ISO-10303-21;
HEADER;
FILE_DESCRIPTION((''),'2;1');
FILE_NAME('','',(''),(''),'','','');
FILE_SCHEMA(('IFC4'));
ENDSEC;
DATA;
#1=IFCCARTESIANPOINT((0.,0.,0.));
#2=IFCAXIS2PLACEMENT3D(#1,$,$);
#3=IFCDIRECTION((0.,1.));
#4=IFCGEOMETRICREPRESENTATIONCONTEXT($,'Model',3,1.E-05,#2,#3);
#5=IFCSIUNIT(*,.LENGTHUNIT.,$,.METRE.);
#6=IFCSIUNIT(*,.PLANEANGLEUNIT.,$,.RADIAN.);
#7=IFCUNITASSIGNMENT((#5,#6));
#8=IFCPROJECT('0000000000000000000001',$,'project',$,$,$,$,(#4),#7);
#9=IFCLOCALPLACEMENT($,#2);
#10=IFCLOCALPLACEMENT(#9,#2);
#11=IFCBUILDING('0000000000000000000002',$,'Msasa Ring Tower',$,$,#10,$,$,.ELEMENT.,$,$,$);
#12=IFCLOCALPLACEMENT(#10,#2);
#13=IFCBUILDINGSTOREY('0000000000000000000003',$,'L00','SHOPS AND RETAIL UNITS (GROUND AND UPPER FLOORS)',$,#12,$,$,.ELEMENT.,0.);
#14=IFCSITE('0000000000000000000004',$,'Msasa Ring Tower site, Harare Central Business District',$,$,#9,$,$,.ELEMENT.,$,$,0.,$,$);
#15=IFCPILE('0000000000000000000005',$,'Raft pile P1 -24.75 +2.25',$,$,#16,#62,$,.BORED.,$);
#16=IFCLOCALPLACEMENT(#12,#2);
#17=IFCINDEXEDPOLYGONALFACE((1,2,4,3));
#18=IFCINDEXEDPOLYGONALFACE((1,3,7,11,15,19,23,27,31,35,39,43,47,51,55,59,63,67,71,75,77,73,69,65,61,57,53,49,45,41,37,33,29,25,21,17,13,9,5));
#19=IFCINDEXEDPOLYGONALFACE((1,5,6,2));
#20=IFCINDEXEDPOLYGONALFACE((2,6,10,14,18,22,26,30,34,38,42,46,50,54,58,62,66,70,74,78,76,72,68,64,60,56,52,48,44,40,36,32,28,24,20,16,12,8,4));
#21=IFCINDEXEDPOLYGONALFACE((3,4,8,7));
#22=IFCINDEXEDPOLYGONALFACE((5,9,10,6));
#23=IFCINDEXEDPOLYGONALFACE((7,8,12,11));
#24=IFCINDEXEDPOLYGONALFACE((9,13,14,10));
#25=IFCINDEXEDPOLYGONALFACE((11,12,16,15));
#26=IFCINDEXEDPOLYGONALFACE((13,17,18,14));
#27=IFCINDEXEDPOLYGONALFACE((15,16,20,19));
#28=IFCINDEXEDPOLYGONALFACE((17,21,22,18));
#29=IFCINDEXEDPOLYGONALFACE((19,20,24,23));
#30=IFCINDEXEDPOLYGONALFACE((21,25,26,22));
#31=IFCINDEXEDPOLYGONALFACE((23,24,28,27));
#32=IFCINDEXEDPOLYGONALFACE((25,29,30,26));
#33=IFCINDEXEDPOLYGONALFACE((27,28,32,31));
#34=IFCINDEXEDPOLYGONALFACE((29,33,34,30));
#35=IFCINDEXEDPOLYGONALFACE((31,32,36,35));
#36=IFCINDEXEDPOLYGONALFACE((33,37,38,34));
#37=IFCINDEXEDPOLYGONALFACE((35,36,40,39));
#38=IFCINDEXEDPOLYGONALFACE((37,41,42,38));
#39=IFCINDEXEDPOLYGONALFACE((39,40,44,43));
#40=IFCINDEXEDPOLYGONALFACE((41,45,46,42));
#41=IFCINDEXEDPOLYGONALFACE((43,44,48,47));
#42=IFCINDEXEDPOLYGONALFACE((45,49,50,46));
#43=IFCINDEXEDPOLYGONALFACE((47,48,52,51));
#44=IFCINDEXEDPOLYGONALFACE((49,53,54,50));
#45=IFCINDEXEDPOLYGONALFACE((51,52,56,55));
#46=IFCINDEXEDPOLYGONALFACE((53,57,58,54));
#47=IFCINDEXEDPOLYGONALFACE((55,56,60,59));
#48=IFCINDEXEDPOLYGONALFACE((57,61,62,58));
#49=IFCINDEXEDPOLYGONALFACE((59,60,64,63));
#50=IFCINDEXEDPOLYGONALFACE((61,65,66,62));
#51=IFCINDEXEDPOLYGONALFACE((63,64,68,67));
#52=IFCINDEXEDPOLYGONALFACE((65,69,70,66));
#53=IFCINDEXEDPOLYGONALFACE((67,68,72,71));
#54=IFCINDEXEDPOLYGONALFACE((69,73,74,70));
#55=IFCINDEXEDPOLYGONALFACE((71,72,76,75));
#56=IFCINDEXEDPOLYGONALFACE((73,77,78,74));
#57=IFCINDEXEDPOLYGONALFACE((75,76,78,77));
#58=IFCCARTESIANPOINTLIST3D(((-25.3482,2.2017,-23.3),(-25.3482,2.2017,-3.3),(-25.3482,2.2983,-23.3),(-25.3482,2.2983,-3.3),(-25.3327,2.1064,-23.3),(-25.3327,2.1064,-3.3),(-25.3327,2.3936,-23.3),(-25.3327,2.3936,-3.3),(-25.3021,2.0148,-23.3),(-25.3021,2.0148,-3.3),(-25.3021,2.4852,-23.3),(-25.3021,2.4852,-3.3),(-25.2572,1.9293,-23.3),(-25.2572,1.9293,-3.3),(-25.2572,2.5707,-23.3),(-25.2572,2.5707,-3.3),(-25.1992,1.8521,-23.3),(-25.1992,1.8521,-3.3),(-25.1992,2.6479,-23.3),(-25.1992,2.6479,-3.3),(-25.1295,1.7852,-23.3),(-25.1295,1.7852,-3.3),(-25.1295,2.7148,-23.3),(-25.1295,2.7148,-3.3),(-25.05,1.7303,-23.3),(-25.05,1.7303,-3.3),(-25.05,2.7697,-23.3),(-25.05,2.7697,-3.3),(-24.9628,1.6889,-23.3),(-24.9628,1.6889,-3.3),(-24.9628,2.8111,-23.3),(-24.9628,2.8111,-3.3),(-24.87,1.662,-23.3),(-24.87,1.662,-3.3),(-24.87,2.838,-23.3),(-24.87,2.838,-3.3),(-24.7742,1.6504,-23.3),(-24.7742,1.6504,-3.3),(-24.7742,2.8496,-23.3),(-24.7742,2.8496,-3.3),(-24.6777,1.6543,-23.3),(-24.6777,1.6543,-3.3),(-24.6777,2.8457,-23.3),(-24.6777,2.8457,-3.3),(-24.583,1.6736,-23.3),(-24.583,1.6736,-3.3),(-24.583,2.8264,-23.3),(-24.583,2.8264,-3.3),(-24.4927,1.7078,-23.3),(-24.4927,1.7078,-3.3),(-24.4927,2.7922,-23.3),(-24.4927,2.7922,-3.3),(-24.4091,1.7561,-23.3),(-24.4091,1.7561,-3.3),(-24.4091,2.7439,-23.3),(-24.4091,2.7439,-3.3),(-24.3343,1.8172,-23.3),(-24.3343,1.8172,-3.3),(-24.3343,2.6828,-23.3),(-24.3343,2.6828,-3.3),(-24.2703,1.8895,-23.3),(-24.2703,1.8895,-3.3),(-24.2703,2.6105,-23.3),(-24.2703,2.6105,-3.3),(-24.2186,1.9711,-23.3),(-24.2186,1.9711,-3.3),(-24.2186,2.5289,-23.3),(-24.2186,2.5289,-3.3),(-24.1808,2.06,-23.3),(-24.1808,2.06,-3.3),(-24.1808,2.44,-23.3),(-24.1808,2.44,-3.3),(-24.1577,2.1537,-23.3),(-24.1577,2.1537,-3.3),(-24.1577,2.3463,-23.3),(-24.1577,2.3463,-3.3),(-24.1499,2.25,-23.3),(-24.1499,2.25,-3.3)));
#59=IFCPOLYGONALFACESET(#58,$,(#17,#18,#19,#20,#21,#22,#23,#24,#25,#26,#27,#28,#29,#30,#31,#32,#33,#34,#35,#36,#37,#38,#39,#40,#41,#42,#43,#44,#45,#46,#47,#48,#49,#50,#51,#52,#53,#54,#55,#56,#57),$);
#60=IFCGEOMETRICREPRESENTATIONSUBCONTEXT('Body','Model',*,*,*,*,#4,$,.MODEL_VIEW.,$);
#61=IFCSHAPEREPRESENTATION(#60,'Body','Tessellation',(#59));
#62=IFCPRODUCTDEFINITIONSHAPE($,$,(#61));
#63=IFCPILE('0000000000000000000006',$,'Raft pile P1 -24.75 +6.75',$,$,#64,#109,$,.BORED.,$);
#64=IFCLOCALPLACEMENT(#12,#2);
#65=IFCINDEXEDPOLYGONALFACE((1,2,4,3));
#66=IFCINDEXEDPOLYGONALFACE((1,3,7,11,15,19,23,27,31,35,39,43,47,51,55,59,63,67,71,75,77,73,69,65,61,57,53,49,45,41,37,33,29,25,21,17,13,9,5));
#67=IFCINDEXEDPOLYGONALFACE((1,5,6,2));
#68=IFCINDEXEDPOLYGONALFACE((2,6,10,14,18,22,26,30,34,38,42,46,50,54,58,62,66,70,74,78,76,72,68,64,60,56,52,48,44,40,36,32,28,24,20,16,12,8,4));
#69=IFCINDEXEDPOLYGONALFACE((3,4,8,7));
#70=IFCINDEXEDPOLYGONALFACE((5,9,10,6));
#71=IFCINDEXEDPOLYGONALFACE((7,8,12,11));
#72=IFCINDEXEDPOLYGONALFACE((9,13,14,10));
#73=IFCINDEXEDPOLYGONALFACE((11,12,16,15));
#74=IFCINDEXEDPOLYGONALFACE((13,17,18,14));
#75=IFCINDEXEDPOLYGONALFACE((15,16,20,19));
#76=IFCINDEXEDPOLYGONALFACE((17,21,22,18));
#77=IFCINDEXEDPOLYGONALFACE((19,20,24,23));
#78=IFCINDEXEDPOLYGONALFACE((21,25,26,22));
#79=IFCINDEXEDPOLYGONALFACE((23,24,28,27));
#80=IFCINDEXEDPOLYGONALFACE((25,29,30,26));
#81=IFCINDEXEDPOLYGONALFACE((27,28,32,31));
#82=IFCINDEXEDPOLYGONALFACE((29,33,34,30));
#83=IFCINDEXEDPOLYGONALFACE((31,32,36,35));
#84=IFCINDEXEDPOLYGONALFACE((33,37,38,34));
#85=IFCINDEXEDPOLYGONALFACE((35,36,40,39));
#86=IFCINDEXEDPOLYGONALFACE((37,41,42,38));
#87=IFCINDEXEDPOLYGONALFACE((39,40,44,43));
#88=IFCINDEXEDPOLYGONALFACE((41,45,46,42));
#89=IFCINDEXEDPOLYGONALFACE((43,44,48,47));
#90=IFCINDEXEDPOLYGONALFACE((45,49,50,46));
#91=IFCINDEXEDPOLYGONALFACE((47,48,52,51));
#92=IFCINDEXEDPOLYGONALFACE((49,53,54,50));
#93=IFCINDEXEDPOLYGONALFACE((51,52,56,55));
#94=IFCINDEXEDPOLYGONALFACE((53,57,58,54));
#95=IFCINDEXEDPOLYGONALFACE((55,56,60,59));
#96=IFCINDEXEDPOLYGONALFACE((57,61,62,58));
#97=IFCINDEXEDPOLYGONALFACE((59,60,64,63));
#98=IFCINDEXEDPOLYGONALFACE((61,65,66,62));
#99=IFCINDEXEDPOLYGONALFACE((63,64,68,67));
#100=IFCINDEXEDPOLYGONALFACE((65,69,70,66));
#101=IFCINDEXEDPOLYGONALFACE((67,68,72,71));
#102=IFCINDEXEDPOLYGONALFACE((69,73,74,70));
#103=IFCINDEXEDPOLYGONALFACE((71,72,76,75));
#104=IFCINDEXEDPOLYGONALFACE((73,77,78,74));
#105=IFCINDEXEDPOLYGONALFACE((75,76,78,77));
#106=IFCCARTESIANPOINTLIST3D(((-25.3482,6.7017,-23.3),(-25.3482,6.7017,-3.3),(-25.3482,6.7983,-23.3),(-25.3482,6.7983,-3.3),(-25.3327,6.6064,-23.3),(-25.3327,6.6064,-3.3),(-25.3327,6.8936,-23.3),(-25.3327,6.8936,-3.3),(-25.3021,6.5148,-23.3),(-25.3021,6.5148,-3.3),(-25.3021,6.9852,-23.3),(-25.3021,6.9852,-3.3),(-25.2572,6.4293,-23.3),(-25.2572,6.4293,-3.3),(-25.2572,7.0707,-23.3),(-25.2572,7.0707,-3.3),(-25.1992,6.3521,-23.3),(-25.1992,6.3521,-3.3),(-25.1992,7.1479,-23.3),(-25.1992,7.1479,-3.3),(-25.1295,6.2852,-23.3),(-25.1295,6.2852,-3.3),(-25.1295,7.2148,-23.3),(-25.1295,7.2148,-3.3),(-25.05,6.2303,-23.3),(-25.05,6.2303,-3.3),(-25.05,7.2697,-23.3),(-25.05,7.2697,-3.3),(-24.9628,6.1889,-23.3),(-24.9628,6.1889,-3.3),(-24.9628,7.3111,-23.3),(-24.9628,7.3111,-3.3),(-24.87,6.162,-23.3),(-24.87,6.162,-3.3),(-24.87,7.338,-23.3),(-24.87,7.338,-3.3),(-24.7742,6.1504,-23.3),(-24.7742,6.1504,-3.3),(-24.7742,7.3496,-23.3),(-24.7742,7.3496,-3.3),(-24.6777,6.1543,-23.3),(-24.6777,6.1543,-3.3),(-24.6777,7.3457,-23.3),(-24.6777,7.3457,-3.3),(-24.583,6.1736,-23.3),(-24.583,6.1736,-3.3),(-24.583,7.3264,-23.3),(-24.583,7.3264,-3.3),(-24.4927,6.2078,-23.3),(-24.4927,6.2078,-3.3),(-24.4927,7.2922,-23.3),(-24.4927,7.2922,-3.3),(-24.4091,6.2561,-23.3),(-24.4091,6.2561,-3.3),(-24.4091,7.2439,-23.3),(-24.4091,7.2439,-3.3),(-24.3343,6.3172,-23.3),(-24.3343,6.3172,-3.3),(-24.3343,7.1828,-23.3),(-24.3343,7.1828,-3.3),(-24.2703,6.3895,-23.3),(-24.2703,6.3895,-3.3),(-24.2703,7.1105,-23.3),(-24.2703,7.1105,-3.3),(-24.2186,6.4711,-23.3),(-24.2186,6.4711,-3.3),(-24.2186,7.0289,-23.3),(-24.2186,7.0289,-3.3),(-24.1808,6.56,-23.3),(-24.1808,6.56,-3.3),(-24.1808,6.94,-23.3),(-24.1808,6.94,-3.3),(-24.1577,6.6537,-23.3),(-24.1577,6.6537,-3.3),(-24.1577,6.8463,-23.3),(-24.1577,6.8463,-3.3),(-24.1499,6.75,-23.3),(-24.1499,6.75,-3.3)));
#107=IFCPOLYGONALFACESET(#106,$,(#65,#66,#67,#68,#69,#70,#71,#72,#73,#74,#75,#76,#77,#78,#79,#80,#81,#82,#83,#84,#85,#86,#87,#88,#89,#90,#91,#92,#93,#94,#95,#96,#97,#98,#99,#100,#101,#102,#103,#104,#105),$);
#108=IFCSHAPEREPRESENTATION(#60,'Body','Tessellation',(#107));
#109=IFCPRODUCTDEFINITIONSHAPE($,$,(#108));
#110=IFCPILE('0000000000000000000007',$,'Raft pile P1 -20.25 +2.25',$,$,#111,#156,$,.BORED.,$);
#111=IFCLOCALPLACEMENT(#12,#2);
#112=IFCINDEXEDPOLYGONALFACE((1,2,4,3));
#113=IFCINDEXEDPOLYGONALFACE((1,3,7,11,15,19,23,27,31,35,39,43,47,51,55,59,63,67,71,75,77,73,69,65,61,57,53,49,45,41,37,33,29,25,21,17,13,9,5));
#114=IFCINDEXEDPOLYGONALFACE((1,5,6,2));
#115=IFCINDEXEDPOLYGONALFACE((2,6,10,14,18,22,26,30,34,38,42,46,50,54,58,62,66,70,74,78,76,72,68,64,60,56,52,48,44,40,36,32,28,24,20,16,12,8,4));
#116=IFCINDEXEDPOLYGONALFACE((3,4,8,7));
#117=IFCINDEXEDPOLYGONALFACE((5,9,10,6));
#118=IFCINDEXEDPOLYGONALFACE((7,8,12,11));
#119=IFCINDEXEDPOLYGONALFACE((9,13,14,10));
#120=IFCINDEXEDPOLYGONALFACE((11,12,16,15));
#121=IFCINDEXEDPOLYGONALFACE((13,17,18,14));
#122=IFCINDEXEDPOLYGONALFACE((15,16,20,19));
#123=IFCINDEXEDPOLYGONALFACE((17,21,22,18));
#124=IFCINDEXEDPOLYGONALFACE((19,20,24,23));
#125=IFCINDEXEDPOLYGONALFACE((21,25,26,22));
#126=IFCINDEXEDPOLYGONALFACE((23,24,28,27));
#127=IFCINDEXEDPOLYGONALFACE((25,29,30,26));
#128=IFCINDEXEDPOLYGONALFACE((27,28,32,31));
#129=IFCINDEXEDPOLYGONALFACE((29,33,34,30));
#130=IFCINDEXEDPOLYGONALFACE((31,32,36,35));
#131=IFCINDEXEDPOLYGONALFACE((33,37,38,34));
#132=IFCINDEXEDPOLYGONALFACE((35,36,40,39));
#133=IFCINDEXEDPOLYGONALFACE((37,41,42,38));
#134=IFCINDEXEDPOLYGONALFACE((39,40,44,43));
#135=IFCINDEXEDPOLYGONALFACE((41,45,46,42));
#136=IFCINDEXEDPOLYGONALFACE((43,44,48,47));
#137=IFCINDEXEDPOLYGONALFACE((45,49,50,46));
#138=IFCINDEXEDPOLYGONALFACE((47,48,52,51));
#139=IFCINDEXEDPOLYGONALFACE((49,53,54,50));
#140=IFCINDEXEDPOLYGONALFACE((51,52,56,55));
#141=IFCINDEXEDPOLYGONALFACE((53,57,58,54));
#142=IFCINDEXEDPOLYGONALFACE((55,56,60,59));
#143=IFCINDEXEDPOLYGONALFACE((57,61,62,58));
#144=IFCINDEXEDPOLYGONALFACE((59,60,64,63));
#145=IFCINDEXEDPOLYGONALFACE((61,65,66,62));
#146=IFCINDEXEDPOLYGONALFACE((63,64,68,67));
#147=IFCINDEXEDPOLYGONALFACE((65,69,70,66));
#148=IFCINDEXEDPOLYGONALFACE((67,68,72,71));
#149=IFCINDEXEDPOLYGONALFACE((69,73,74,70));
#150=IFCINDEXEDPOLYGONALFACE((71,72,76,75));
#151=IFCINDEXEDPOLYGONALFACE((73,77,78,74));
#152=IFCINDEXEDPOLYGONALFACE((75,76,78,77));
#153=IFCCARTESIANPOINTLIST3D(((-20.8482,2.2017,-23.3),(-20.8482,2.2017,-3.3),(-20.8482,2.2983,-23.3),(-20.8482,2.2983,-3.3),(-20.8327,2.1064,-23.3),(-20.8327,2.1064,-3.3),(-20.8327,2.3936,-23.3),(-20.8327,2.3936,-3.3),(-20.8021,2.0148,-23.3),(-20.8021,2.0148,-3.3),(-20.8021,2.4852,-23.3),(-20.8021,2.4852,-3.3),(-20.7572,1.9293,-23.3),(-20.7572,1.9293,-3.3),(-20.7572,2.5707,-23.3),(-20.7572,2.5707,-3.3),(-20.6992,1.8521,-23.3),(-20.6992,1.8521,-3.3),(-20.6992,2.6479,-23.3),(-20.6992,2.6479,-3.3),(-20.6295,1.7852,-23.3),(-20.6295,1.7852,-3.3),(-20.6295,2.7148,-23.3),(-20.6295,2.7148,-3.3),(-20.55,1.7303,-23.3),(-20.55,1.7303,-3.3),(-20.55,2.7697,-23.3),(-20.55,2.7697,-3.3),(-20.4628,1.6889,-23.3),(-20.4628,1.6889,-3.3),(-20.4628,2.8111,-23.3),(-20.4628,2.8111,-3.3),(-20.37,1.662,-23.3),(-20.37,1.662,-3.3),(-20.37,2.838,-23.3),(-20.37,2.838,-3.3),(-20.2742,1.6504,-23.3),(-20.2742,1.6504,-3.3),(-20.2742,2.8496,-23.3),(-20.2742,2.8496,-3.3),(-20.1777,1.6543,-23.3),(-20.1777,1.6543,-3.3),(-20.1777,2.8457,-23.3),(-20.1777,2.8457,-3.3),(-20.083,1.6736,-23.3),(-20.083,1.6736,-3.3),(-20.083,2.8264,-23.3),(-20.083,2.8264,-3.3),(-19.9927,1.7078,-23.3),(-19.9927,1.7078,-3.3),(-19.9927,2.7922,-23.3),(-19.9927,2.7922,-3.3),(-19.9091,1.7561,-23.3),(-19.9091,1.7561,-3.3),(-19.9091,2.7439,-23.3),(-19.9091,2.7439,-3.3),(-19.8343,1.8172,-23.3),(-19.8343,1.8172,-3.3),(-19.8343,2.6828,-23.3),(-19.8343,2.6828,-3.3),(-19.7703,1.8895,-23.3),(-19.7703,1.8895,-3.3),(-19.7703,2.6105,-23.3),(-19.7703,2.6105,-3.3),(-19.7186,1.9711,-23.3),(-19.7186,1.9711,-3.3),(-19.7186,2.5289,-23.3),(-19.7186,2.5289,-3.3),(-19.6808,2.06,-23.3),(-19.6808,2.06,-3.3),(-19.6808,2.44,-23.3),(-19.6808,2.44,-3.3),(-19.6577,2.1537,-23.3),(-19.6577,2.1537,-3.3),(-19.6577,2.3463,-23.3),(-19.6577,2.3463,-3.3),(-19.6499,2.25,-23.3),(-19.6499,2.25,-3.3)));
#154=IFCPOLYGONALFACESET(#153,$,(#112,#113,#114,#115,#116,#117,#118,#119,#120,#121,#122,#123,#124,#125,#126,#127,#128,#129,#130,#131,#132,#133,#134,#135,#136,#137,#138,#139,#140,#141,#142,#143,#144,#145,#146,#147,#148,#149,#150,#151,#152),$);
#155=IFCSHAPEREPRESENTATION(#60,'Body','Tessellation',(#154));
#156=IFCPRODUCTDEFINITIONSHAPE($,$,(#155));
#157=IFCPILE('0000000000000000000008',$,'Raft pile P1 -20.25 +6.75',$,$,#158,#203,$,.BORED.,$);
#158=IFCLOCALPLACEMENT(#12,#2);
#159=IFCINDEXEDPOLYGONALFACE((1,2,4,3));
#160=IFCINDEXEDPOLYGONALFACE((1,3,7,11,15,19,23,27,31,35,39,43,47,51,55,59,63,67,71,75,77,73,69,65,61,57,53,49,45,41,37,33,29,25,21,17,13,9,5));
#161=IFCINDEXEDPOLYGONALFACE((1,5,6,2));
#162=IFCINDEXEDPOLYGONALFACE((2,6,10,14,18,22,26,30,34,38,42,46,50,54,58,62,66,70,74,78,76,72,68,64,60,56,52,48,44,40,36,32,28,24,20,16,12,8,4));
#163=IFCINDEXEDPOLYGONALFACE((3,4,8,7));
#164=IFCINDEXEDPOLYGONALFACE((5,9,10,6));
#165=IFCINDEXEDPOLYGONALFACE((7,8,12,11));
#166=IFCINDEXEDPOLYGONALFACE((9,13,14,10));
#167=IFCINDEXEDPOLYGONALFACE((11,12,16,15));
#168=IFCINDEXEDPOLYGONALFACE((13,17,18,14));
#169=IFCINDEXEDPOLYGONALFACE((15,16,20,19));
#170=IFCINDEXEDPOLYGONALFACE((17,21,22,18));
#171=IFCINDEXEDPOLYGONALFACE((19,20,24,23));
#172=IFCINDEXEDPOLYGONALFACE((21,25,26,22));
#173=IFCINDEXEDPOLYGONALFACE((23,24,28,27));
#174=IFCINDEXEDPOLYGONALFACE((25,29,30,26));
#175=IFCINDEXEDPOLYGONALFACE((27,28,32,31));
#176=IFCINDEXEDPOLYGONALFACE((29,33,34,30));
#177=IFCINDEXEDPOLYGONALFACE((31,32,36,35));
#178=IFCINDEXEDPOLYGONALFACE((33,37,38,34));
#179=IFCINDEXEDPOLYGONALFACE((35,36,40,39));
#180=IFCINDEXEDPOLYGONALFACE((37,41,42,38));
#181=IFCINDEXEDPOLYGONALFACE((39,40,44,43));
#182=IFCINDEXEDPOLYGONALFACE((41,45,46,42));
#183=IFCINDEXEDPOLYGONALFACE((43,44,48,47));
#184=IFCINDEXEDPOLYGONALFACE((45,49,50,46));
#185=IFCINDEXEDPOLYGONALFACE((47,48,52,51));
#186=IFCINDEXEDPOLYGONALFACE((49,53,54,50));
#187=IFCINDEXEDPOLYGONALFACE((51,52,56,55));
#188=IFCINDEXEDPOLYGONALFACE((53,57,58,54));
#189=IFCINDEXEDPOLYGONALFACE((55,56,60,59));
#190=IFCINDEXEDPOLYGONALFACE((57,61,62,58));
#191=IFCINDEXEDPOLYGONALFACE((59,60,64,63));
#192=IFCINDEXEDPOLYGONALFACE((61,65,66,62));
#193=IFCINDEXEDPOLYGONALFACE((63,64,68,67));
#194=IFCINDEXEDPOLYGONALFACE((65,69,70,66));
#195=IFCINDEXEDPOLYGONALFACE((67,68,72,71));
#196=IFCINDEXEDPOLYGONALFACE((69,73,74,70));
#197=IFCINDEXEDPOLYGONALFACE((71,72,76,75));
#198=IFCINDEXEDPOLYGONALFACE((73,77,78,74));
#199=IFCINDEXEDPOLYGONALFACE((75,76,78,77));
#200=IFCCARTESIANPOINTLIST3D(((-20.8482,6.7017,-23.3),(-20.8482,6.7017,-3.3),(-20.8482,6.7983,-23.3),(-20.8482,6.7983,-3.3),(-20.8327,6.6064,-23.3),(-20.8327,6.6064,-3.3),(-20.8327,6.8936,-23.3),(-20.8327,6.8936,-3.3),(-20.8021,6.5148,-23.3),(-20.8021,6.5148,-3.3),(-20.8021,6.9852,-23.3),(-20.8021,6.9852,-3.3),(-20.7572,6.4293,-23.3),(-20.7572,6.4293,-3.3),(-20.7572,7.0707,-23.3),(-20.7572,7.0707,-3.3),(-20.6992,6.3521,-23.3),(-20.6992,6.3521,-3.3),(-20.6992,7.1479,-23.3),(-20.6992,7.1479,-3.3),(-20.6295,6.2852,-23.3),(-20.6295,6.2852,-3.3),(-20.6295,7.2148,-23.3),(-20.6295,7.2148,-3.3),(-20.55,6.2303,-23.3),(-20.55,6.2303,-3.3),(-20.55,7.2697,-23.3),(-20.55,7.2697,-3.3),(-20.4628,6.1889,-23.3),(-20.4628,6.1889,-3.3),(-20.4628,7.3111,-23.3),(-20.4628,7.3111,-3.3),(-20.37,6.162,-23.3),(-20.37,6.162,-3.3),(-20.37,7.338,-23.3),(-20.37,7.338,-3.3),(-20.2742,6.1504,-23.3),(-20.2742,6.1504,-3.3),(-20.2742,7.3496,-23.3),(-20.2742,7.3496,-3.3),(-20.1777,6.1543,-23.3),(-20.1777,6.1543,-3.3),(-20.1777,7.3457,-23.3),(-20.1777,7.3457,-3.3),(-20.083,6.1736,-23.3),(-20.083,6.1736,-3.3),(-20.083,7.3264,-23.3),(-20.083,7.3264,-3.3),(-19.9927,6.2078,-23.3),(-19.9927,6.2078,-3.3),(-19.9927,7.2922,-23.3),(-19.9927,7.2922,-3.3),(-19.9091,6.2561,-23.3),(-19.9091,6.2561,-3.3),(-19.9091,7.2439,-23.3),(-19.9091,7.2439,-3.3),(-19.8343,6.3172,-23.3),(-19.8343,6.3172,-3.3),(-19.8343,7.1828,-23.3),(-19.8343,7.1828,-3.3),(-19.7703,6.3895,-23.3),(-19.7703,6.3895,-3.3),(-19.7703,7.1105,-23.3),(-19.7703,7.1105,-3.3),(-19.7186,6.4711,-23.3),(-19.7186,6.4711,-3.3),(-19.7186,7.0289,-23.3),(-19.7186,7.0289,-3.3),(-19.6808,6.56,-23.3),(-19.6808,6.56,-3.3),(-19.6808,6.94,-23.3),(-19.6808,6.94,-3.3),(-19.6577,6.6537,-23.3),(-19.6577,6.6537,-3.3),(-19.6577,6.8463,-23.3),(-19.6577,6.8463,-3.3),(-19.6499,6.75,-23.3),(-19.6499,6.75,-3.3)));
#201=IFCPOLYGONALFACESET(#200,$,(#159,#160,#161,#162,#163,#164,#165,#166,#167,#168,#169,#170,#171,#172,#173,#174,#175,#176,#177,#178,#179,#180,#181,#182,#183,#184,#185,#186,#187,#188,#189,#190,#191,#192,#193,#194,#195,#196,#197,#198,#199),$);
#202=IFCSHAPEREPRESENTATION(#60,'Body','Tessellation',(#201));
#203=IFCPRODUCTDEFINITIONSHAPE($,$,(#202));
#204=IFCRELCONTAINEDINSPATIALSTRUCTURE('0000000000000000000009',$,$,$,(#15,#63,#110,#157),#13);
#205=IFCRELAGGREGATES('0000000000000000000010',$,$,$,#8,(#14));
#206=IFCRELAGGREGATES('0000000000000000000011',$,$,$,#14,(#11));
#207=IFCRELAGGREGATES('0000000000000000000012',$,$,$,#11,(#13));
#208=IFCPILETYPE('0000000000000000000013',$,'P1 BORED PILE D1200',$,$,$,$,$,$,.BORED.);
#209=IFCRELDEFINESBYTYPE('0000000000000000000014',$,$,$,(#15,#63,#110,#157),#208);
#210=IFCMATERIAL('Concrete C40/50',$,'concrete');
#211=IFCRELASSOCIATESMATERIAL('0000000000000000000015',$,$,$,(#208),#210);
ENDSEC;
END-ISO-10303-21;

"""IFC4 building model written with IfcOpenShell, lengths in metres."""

from ifc_helpers import new_model, si_unit, direction, frame, origin, origin_2d, place, context, subcontext, project, spatial, circle, extrude, material, material_profile, profile_set, type_object, element, save


model = new_model("IFC4")

# Units and contexts
model_context = context("Model", 3, precision=1e-05, world=origin(), true_north=direction((0.0, 1.0)))
body_context = subcontext(model_context, "Body", "Model", "MODEL_VIEW")
ifc_project = project(units=[si_unit("LENGTHUNIT", "METRE"), si_unit("PLANEANGLEUNIT", "RADIAN")], contexts=[model_context])

# Site, building, storey
site_placement = place(None, origin())
site = spatial("IfcSite", under=ifc_project, at=site_placement, Name="Msasa Ring Tower site, Harare Central Business District", CompositionType="ELEMENT", RefElevation=0.0)
building_placement = place(site_placement, origin())
building = spatial("IfcBuilding", under=site, at=building_placement, Name="Msasa Ring Tower", CompositionType="ELEMENT")
storey_placement = place(building_placement, origin())
storey = spatial("IfcBuildingStorey", under=building, at=storey_placement, Name="L00", Description="SHOPS AND RETAIL UNITS (GROUND AND UPPER FLOORS)", CompositionType="ELEMENT", Elevation=0.0)

# Piles
ifc_material_1 = material(Name="Concrete C40/50", Category="concrete")
ifc_material_profile_1 = material_profile(ifc_material_1, circle(Radius=0.6001, at=origin_2d()), Name="D1200")
ifc_profile_set_1 = profile_set([ifc_material_profile_1], Name="Concrete C40/50")
pile_type = type_object("IfcPileType", Name="P1 BORED PILE D1200", PredefinedType="BORED", material=ifc_profile_set_1)
for number, where, z_axis, x_axis, name in (
    (1, (-24.75, 2.25, -3.3), (0.0, 0.0, -1.0), (1.0, 0.0, 0.0), "Raft pile P1 -24.75 +2.25"),
    (2, (-24.75, 6.75, -3.3), (0.0, 0.0, -1.0), (1.0, 0.0, 0.0), "Raft pile P1 -24.75 +6.75"),
    (3, (-20.25, 2.25, -3.3), (0.0, 0.0, -1.0), (1.0, 0.0, 0.0), "Raft pile P1 -20.25 +2.25"),
    (4, (-20.25, 6.75, -3.3), (0.0, 0.0, -1.0), (1.0, 0.0, 0.0), "Raft pile P1 -20.25 +6.75"),
):
    element("IfcPile", number, at=place(storey_placement, frame(where, z_axis=z_axis, x_axis=x_axis)), inside=storey, type_object=pile_type, Name=name, PredefinedType="BORED", context=body_context, shape_type="SweptSolid", body=[
        extrude(circle(Radius=0.6001, at=origin_2d()), origin(), (0.0, 0.0, 1.0), 20.0),
    ])

save(model, "model.ifc")
